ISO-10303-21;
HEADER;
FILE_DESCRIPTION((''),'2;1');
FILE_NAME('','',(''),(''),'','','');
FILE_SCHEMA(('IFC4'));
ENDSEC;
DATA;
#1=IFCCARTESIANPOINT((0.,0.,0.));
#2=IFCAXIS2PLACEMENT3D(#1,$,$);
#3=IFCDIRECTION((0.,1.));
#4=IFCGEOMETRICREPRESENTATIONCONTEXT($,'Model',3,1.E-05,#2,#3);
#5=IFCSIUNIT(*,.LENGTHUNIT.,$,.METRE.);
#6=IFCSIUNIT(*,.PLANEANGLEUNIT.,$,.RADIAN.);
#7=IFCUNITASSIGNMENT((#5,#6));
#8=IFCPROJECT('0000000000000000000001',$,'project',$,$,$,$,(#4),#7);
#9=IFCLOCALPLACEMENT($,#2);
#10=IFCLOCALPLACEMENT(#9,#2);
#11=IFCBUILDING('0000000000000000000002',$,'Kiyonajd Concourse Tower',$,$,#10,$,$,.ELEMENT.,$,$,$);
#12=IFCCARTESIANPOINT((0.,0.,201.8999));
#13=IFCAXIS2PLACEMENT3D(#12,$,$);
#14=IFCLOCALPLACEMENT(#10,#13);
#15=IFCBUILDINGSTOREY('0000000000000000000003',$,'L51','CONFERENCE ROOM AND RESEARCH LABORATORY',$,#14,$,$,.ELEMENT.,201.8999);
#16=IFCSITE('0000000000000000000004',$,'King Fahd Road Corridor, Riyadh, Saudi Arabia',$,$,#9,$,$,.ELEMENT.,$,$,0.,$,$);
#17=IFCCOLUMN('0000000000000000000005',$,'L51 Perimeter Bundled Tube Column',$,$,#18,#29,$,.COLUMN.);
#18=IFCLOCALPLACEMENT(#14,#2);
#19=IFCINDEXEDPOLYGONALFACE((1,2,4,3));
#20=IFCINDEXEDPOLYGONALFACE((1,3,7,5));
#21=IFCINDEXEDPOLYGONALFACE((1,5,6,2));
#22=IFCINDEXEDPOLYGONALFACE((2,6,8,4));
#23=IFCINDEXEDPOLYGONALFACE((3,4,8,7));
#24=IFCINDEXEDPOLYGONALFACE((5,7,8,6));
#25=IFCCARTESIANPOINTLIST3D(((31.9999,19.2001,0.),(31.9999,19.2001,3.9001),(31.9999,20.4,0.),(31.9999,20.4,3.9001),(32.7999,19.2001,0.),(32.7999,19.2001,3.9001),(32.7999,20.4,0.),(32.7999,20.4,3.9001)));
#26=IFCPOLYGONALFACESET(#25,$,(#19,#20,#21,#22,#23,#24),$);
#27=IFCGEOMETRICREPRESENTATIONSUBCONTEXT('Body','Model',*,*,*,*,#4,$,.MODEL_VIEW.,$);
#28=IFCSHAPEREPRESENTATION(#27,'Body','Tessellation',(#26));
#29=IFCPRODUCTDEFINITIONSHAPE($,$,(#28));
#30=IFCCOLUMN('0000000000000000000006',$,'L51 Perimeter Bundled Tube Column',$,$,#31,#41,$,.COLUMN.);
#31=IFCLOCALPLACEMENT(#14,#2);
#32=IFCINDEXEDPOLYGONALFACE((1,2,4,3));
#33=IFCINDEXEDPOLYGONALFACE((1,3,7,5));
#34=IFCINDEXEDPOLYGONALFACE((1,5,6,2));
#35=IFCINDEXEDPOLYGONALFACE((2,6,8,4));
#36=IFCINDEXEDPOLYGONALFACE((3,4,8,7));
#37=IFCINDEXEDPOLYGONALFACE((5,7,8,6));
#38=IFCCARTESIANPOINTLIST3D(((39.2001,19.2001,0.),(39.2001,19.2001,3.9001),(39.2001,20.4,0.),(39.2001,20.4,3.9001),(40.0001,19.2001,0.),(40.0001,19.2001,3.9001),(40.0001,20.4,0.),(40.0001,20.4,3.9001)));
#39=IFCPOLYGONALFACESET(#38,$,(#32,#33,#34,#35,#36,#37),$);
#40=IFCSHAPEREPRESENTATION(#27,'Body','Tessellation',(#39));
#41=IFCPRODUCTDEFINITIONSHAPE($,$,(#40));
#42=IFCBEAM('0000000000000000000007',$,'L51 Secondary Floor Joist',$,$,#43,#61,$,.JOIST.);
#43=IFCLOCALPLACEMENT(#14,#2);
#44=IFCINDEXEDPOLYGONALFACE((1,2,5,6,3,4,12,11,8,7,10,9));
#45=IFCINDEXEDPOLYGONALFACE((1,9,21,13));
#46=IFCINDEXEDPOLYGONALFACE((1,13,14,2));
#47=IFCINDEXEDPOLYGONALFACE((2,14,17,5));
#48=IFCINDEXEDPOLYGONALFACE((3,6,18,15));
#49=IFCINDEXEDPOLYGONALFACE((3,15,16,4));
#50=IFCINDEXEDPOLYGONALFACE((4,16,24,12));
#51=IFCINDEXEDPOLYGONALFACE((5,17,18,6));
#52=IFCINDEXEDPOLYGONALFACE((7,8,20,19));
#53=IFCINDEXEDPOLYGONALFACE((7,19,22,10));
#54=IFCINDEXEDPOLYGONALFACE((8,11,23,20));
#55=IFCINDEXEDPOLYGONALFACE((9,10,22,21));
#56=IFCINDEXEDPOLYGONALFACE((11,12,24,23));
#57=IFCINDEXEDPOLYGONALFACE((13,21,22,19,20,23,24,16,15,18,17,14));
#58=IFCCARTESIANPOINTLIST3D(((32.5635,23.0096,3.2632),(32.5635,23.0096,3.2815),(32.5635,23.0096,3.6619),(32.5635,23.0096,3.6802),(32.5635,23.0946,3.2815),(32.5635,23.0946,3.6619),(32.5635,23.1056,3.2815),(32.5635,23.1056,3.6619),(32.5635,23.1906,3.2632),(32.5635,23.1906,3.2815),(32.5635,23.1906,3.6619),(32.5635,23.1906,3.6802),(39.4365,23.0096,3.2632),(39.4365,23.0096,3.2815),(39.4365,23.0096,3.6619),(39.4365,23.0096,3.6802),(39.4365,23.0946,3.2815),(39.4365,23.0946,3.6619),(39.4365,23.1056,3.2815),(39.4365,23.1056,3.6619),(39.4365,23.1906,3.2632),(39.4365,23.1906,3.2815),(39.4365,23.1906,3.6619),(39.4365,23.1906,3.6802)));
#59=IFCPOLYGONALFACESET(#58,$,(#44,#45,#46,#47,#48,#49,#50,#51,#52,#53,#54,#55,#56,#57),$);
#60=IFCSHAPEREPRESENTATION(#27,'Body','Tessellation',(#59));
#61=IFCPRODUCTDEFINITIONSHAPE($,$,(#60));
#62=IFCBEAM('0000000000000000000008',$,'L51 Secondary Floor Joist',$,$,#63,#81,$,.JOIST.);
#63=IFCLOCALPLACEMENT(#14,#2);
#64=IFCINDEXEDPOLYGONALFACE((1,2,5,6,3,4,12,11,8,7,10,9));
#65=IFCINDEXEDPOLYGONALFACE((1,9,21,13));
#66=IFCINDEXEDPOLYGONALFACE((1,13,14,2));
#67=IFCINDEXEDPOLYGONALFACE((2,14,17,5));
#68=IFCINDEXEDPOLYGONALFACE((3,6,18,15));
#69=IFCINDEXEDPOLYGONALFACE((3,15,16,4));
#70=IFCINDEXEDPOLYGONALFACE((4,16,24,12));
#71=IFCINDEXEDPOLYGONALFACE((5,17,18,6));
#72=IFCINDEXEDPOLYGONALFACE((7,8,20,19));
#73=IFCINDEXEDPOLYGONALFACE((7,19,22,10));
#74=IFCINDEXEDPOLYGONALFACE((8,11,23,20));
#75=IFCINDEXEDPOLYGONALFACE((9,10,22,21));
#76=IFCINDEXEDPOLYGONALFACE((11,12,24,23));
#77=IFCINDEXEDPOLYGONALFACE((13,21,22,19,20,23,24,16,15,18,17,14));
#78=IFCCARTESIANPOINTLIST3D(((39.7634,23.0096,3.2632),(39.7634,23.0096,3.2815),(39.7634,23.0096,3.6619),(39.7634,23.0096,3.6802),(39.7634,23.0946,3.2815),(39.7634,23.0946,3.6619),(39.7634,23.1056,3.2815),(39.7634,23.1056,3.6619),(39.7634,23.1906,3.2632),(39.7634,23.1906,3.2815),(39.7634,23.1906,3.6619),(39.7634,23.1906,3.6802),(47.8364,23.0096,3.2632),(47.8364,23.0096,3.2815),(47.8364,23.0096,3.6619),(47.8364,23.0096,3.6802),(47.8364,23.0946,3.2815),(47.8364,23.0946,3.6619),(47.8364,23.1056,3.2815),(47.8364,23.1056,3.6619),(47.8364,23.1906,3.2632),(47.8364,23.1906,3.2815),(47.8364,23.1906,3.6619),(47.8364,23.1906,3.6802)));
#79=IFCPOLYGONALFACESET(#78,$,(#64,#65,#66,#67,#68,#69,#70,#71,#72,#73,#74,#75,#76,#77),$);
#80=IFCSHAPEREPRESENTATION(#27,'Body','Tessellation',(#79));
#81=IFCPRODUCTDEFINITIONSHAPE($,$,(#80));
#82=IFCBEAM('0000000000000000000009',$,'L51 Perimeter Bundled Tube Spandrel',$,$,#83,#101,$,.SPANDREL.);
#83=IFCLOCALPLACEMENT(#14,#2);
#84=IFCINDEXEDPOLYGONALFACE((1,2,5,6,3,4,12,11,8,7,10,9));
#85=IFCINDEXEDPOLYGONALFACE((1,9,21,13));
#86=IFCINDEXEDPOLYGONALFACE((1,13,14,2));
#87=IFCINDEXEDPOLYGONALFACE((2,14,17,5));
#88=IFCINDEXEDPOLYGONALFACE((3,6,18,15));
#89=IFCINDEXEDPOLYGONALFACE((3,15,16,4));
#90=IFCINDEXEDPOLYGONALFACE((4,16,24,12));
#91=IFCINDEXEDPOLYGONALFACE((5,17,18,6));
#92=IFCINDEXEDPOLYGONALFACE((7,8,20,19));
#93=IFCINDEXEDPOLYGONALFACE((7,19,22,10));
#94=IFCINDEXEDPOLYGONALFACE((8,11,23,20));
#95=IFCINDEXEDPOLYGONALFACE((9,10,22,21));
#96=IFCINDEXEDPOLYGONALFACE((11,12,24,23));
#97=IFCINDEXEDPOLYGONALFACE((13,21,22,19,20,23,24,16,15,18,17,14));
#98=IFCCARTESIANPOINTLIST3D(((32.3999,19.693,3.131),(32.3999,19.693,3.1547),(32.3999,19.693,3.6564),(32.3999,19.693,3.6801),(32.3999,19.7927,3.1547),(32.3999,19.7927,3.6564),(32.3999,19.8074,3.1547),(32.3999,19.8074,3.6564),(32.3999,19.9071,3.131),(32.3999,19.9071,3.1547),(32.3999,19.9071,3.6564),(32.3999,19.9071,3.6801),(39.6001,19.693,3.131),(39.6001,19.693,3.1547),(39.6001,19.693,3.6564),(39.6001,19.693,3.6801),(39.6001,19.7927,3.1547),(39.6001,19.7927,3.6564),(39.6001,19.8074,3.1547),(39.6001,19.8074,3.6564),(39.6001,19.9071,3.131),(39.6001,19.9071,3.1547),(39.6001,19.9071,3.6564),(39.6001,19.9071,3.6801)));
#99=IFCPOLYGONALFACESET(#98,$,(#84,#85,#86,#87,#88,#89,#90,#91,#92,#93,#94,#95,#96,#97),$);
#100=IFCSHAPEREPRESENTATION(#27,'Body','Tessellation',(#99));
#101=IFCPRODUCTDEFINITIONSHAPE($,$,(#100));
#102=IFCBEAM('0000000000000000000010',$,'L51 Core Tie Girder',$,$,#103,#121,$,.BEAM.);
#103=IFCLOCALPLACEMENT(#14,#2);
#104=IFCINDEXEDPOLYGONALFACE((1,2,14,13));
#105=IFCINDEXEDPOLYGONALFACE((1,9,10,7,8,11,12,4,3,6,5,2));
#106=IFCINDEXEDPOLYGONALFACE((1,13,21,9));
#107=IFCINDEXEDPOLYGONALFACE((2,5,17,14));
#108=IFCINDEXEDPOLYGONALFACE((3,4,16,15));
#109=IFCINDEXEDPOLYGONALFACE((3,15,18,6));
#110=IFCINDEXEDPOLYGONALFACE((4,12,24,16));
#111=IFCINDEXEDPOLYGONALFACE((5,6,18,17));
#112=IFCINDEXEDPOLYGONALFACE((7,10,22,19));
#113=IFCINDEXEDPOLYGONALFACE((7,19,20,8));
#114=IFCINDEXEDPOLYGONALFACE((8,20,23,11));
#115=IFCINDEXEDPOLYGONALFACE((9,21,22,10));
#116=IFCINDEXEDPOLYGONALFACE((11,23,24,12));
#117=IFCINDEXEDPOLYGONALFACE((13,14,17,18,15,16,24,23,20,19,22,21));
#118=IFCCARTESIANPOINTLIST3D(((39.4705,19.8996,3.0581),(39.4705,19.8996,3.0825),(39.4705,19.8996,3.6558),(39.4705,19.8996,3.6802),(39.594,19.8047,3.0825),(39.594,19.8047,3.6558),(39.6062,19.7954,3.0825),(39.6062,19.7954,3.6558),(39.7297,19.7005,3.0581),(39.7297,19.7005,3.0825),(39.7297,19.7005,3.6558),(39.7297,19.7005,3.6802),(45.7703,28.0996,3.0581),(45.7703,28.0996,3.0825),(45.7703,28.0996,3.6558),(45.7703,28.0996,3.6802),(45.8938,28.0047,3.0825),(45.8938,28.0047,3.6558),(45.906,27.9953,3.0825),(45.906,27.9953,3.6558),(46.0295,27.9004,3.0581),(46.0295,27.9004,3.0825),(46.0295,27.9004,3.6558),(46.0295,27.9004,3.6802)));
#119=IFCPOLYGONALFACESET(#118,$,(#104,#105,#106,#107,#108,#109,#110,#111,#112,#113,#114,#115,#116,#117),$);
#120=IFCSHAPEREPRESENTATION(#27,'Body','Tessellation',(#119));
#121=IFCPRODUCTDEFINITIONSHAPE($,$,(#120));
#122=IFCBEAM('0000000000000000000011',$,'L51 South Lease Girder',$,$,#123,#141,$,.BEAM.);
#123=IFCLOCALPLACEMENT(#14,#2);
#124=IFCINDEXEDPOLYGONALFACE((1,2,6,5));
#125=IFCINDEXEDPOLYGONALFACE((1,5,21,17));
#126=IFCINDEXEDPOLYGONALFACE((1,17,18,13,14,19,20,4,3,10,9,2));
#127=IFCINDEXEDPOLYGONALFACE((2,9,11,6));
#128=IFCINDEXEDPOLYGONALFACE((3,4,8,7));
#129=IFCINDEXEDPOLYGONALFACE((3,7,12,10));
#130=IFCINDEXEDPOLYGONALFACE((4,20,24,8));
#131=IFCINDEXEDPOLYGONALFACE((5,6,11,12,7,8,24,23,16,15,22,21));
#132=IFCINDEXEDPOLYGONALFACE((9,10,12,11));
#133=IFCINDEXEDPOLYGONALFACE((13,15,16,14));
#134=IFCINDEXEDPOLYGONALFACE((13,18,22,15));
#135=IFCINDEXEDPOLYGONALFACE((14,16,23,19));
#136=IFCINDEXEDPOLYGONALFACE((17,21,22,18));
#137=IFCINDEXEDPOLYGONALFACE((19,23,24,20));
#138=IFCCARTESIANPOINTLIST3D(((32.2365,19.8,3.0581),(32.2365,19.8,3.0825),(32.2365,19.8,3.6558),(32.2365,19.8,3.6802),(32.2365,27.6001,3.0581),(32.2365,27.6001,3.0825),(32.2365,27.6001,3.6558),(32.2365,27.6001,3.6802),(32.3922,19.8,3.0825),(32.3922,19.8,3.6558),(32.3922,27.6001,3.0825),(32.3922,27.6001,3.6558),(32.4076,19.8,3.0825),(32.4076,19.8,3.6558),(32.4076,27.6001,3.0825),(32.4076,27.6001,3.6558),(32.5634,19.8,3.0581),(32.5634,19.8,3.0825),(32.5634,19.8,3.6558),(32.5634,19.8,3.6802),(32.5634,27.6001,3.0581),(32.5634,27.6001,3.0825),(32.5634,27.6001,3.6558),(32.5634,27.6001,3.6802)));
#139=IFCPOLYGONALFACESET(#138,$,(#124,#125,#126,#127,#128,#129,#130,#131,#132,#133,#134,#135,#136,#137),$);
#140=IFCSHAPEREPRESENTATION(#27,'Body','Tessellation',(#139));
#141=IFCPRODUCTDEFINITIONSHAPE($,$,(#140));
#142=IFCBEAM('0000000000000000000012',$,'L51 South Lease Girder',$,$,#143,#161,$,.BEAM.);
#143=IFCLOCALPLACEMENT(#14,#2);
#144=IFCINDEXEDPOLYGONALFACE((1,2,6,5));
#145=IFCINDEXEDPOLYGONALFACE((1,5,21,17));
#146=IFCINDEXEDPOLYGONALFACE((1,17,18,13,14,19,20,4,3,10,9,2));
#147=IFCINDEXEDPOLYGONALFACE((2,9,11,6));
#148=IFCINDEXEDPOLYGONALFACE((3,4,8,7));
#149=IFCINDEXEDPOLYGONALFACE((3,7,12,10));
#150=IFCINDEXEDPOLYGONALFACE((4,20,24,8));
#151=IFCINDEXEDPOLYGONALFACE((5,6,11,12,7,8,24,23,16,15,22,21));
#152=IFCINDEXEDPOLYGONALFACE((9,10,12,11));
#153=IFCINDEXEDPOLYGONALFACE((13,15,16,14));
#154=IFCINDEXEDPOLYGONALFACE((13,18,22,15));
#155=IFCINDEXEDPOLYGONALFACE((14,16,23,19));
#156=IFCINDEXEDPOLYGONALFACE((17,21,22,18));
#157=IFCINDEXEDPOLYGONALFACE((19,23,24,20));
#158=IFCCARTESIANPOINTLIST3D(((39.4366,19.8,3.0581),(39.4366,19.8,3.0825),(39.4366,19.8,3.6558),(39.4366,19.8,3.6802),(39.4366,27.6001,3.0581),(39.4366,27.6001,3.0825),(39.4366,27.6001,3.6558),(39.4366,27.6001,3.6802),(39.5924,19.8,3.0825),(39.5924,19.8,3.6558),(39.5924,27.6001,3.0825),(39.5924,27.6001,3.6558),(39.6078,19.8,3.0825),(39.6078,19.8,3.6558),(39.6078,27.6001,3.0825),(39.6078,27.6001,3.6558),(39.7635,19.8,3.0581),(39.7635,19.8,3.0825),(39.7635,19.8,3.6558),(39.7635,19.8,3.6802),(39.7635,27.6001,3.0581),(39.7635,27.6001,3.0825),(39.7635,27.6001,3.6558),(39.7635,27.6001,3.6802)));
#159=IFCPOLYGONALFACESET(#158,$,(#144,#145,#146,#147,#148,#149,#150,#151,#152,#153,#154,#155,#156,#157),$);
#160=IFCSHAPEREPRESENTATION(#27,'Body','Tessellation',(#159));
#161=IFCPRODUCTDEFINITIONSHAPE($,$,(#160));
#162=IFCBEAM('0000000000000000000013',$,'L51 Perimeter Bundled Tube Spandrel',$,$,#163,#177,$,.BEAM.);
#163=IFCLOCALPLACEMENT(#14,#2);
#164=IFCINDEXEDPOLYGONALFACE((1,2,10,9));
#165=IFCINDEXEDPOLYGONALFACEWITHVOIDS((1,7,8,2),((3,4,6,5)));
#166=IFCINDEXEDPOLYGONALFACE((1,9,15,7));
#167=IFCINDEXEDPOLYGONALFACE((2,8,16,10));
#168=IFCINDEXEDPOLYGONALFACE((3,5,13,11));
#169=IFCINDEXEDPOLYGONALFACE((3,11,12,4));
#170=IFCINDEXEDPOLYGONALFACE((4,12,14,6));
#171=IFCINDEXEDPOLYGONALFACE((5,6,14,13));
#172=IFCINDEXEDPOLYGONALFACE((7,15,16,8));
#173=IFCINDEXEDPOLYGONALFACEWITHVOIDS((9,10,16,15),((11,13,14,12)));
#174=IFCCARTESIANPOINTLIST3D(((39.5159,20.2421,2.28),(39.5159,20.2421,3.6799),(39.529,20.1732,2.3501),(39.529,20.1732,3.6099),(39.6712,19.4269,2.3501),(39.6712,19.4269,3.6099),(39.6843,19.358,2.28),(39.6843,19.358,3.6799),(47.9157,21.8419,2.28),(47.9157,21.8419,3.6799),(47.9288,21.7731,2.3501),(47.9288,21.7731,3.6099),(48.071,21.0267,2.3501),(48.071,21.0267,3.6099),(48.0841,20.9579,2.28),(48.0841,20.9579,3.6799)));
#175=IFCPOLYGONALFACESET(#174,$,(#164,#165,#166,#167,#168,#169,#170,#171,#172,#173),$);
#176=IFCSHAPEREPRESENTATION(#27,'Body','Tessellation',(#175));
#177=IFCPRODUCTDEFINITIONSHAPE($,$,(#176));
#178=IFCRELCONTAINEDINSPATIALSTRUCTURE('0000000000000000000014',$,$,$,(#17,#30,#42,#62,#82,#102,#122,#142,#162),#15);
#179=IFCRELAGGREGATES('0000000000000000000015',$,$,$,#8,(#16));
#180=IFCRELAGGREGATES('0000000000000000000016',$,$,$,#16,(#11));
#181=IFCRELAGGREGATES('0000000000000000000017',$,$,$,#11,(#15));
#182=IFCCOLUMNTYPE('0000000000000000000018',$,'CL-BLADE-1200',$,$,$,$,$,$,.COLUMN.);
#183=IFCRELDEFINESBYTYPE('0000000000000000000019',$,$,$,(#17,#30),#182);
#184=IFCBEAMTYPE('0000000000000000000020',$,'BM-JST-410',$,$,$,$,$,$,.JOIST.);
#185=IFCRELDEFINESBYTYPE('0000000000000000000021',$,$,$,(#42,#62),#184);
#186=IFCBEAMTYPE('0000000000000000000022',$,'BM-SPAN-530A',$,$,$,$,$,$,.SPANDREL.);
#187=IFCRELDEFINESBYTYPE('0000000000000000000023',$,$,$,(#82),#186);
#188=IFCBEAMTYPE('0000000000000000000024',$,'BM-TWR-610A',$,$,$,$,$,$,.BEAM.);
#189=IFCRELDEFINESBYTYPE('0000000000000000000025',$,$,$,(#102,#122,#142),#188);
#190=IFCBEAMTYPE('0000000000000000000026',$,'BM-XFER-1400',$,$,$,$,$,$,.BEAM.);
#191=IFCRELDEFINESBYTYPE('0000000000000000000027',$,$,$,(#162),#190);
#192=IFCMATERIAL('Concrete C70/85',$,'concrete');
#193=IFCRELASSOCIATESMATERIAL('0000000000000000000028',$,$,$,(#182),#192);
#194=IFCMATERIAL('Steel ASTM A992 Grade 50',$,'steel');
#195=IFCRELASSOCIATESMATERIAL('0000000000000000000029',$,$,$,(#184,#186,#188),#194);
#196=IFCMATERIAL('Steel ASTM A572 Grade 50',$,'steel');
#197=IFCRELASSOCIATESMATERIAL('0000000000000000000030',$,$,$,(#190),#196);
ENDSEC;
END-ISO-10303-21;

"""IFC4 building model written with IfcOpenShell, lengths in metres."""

from ifc_helpers import new_model, si_unit, direction, frame, origin, origin_2d, place, context, subcontext, project, spatial, rectangle, hollow_rectangle, i_section, extrude, material, material_profile, profile_set, type_object, element, save


model = new_model("IFC4")

# Units and contexts
model_context = context("Model", 3, precision=1e-05, world=origin(), true_north=direction((0.0, 1.0)))
body_context = subcontext(model_context, "Body", "Model", "MODEL_VIEW")
ifc_project = project(units=[si_unit("LENGTHUNIT", "METRE"), si_unit("PLANEANGLEUNIT", "RADIAN")], contexts=[model_context])

# Site, building, storey
site_placement = place(None, origin())
site = spatial("IfcSite", under=ifc_project, at=site_placement, Name="King Fahd Road Corridor, Riyadh, Saudi Arabia", CompositionType="ELEMENT", RefElevation=0.0)
building_placement = place(site_placement, origin())
building = spatial("IfcBuilding", under=site, at=building_placement, Name="Kiyonajd Concourse Tower", CompositionType="ELEMENT")
storey_placement = place(building_placement, frame((0.0, 0.0, 201.8999)))
storey = spatial("IfcBuildingStorey", under=building, at=storey_placement, Name="L51", Description="CONFERENCE ROOM AND RESEARCH LABORATORY", CompositionType="ELEMENT", Elevation=201.8999)

# Columns
ifc_material_1 = material(Name="Concrete C70/85", Category="concrete")
ifc_material_profile_1 = material_profile(ifc_material_1, rectangle(XDim=0.8, YDim=1.2, at=origin_2d()), Name="RC-1200x800")
ifc_profile_set_1 = profile_set([ifc_material_profile_1], Name="Concrete C70/85")
column_type = type_object("IfcColumnType", Name="CL-BLADE-1200", PredefinedType="COLUMN", material=ifc_profile_set_1)
for number, where, z_axis, x_axis, name in (
    (1, (32.3999, 19.8, 0.0), (0.0, 0.0, 1.0), (1.0, 0.0, 0.0), "L51 Perimeter Bundled Tube Column"),
    (2, (39.6001, 19.8, 0.0), (0.0, 0.0, 1.0), (1.0, 0.0, 0.0), "L51 Perimeter Bundled Tube Column"),
):
    element("IfcColumn", number, at=place(storey_placement, frame(where, z_axis=z_axis, x_axis=x_axis)), inside=storey, type_object=column_type, Name=name, PredefinedType="COLUMN", context=body_context, shape_type="SweptSolid", body=[
        extrude(rectangle(XDim=0.8, YDim=1.2, at=origin_2d()), origin(), (0.0, 0.0, 1.0), 3.9001),
    ])

# Beams
ifc_material_2 = material(Name="Steel ASTM A992 Grade 50", Category="steel")
ifc_material_profile_2 = material_profile(ifc_material_2, i_section(OverallWidth=0.1809, OverallDepth=0.417, WebThickness=0.011, FlangeThickness=0.0183, at=origin_2d()), Name="W410X85")
ifc_profile_set_2 = profile_set([ifc_material_profile_2], Name="Steel ASTM A992 Grade 50")
beam_type_1 = type_object("IfcBeamType", Name="BM-JST-410", PredefinedType="JOIST", material=ifc_profile_set_2)
beam_1_placement = place(storey_placement, frame((32.5635, 23.1001, 3.4717), z_axis=(1.0, 0.0, 0.0), x_axis=(0.0, 1.0, 0.0)))
element("IfcBeam", 3, at=beam_1_placement, inside=storey, type_object=beam_type_1, Name="L51 Secondary Floor Joist", PredefinedType="JOIST", context=body_context, shape_type="SweptSolid", body=[
    extrude(i_section(OverallWidth=0.1809, OverallDepth=0.417, WebThickness=0.011, FlangeThickness=0.0183, at=origin_2d()), origin(), (0.0, 0.0, 1.0), 6.873),
])
beam_2_placement = place(storey_placement, frame((39.7634, 23.1001, 3.4717), z_axis=(1.0, 0.0, 0.0), x_axis=(0.0, 1.0, 0.0)))
element("IfcBeam", 4, at=beam_2_placement, inside=storey, type_object=beam_type_1, Name="L51 Secondary Floor Joist", PredefinedType="JOIST", context=body_context, shape_type="SweptSolid", body=[
    extrude(i_section(OverallWidth=0.1809, OverallDepth=0.417, WebThickness=0.011, FlangeThickness=0.0183, at=origin_2d()), origin(), (0.0, 0.0, 1.0), 8.073),
])
ifc_material_profile_3 = material_profile(ifc_material_2, i_section(OverallWidth=0.2141, OverallDepth=0.5491, WebThickness=0.0146, FlangeThickness=0.0237, at=origin_2d()), Name="W530X138")
ifc_profile_set_3 = profile_set([ifc_material_profile_3], Name="Steel ASTM A992 Grade 50")
beam_type_2 = type_object("IfcBeamType", Name="BM-SPAN-530A", PredefinedType="SPANDREL", material=ifc_profile_set_3)
beam_3_placement = place(storey_placement, frame((32.3999, 19.8, 3.4055), z_axis=(1.0, 0.0, 0.0), x_axis=(0.0, 1.0, 0.0)))
element("IfcBeam", 5, at=beam_3_placement, inside=storey, type_object=beam_type_2, Name="L51 Perimeter Bundled Tube Spandrel", PredefinedType="SPANDREL", context=body_context, shape_type="SweptSolid", body=[
    extrude(i_section(OverallWidth=0.2141, OverallDepth=0.5491, WebThickness=0.0146, FlangeThickness=0.0237, at=origin_2d()), origin(), (0.0, 0.0, 1.0), 7.2002),
])
ifc_material_profile_4 = material_profile(ifc_material_2, i_section(OverallWidth=0.3269, OverallDepth=0.6221, WebThickness=0.0154, FlangeThickness=0.0244, at=origin_2d()), Name="W610X195")
ifc_profile_set_4 = profile_set([ifc_material_profile_4], Name="Steel ASTM A992 Grade 50")
beam_type_3 = type_object("IfcBeamType", Name="BM-TWR-610A", PredefinedType="BEAM", material=ifc_profile_set_4)
beam_4_placement = place(storey_placement, frame((39.6001, 19.8, 3.3691), z_axis=(0.609234, 0.792991, 0.0), x_axis=(-0.792991, 0.609234, 0.0)))
element("IfcBeam", 6, at=beam_4_placement, inside=storey, type_object=beam_type_3, Name="L51 Core Tie Girder", PredefinedType="BEAM", context=body_context, shape_type="SweptSolid", body=[
    extrude(i_section(OverallWidth=0.3269, OverallDepth=0.6221, WebThickness=0.0154, FlangeThickness=0.0244, at=origin_2d()), origin(), (0.0, 0.0, 1.0), 10.3406),
])
for number, where, z_axis, x_axis, name in (
    (7, (32.3999, 19.8, 3.3691), (0.0, 1.0, 0.0), (-1.0, 0.0, 0.0), "L51 South Lease Girder"),
    (8, (39.6001, 19.8, 3.3691), (0.0, 1.0, 0.0), (-1.0, 0.0, 0.0), "L51 South Lease Girder"),
):
    element("IfcBeam", number, at=place(storey_placement, frame(where, z_axis=z_axis, x_axis=x_axis)), inside=storey, type_object=beam_type_3, Name=name, PredefinedType="BEAM", context=body_context, shape_type="SweptSolid", body=[
        extrude(i_section(OverallWidth=0.3269, OverallDepth=0.6221, WebThickness=0.0154, FlangeThickness=0.0244, at=origin_2d()), origin(), (0.0, 0.0, 1.0), 7.8),
    ])
ifc_material_3 = material(Name="Steel ASTM A572 Grade 50", Category="steel")
ifc_material_profile_5 = material_profile(ifc_material_3, hollow_rectangle(XDim=0.8999, YDim=1.3999, WallThickness=0.0701, at=origin_2d()), Name="BOX-1400x900x70")
ifc_profile_set_5 = profile_set([ifc_material_profile_5], Name="Steel ASTM A572 Grade 50")
beam_type_4 = type_object("IfcBeamType", Name="BM-XFER-1400", PredefinedType="BEAM", material=ifc_profile_set_5)
beam_5_placement = place(storey_placement, frame((39.6001, 19.8, 2.98), z_axis=(0.982341, 0.187098, 0.0), x_axis=(-0.187098, 0.982341, 0.0)))
element("IfcBeam", 9, at=beam_5_placement, inside=storey, type_object=beam_type_4, Name="L51 Perimeter Bundled Tube Spandrel", PredefinedType="BEAM", context=body_context, shape_type="SweptSolid", body=[
    extrude(hollow_rectangle(XDim=0.8999, YDim=1.3999, WallThickness=0.0701, at=origin_2d()), origin(), (0.0, 0.0, 1.0), 8.5508),
])

save(model, "model.ifc")
